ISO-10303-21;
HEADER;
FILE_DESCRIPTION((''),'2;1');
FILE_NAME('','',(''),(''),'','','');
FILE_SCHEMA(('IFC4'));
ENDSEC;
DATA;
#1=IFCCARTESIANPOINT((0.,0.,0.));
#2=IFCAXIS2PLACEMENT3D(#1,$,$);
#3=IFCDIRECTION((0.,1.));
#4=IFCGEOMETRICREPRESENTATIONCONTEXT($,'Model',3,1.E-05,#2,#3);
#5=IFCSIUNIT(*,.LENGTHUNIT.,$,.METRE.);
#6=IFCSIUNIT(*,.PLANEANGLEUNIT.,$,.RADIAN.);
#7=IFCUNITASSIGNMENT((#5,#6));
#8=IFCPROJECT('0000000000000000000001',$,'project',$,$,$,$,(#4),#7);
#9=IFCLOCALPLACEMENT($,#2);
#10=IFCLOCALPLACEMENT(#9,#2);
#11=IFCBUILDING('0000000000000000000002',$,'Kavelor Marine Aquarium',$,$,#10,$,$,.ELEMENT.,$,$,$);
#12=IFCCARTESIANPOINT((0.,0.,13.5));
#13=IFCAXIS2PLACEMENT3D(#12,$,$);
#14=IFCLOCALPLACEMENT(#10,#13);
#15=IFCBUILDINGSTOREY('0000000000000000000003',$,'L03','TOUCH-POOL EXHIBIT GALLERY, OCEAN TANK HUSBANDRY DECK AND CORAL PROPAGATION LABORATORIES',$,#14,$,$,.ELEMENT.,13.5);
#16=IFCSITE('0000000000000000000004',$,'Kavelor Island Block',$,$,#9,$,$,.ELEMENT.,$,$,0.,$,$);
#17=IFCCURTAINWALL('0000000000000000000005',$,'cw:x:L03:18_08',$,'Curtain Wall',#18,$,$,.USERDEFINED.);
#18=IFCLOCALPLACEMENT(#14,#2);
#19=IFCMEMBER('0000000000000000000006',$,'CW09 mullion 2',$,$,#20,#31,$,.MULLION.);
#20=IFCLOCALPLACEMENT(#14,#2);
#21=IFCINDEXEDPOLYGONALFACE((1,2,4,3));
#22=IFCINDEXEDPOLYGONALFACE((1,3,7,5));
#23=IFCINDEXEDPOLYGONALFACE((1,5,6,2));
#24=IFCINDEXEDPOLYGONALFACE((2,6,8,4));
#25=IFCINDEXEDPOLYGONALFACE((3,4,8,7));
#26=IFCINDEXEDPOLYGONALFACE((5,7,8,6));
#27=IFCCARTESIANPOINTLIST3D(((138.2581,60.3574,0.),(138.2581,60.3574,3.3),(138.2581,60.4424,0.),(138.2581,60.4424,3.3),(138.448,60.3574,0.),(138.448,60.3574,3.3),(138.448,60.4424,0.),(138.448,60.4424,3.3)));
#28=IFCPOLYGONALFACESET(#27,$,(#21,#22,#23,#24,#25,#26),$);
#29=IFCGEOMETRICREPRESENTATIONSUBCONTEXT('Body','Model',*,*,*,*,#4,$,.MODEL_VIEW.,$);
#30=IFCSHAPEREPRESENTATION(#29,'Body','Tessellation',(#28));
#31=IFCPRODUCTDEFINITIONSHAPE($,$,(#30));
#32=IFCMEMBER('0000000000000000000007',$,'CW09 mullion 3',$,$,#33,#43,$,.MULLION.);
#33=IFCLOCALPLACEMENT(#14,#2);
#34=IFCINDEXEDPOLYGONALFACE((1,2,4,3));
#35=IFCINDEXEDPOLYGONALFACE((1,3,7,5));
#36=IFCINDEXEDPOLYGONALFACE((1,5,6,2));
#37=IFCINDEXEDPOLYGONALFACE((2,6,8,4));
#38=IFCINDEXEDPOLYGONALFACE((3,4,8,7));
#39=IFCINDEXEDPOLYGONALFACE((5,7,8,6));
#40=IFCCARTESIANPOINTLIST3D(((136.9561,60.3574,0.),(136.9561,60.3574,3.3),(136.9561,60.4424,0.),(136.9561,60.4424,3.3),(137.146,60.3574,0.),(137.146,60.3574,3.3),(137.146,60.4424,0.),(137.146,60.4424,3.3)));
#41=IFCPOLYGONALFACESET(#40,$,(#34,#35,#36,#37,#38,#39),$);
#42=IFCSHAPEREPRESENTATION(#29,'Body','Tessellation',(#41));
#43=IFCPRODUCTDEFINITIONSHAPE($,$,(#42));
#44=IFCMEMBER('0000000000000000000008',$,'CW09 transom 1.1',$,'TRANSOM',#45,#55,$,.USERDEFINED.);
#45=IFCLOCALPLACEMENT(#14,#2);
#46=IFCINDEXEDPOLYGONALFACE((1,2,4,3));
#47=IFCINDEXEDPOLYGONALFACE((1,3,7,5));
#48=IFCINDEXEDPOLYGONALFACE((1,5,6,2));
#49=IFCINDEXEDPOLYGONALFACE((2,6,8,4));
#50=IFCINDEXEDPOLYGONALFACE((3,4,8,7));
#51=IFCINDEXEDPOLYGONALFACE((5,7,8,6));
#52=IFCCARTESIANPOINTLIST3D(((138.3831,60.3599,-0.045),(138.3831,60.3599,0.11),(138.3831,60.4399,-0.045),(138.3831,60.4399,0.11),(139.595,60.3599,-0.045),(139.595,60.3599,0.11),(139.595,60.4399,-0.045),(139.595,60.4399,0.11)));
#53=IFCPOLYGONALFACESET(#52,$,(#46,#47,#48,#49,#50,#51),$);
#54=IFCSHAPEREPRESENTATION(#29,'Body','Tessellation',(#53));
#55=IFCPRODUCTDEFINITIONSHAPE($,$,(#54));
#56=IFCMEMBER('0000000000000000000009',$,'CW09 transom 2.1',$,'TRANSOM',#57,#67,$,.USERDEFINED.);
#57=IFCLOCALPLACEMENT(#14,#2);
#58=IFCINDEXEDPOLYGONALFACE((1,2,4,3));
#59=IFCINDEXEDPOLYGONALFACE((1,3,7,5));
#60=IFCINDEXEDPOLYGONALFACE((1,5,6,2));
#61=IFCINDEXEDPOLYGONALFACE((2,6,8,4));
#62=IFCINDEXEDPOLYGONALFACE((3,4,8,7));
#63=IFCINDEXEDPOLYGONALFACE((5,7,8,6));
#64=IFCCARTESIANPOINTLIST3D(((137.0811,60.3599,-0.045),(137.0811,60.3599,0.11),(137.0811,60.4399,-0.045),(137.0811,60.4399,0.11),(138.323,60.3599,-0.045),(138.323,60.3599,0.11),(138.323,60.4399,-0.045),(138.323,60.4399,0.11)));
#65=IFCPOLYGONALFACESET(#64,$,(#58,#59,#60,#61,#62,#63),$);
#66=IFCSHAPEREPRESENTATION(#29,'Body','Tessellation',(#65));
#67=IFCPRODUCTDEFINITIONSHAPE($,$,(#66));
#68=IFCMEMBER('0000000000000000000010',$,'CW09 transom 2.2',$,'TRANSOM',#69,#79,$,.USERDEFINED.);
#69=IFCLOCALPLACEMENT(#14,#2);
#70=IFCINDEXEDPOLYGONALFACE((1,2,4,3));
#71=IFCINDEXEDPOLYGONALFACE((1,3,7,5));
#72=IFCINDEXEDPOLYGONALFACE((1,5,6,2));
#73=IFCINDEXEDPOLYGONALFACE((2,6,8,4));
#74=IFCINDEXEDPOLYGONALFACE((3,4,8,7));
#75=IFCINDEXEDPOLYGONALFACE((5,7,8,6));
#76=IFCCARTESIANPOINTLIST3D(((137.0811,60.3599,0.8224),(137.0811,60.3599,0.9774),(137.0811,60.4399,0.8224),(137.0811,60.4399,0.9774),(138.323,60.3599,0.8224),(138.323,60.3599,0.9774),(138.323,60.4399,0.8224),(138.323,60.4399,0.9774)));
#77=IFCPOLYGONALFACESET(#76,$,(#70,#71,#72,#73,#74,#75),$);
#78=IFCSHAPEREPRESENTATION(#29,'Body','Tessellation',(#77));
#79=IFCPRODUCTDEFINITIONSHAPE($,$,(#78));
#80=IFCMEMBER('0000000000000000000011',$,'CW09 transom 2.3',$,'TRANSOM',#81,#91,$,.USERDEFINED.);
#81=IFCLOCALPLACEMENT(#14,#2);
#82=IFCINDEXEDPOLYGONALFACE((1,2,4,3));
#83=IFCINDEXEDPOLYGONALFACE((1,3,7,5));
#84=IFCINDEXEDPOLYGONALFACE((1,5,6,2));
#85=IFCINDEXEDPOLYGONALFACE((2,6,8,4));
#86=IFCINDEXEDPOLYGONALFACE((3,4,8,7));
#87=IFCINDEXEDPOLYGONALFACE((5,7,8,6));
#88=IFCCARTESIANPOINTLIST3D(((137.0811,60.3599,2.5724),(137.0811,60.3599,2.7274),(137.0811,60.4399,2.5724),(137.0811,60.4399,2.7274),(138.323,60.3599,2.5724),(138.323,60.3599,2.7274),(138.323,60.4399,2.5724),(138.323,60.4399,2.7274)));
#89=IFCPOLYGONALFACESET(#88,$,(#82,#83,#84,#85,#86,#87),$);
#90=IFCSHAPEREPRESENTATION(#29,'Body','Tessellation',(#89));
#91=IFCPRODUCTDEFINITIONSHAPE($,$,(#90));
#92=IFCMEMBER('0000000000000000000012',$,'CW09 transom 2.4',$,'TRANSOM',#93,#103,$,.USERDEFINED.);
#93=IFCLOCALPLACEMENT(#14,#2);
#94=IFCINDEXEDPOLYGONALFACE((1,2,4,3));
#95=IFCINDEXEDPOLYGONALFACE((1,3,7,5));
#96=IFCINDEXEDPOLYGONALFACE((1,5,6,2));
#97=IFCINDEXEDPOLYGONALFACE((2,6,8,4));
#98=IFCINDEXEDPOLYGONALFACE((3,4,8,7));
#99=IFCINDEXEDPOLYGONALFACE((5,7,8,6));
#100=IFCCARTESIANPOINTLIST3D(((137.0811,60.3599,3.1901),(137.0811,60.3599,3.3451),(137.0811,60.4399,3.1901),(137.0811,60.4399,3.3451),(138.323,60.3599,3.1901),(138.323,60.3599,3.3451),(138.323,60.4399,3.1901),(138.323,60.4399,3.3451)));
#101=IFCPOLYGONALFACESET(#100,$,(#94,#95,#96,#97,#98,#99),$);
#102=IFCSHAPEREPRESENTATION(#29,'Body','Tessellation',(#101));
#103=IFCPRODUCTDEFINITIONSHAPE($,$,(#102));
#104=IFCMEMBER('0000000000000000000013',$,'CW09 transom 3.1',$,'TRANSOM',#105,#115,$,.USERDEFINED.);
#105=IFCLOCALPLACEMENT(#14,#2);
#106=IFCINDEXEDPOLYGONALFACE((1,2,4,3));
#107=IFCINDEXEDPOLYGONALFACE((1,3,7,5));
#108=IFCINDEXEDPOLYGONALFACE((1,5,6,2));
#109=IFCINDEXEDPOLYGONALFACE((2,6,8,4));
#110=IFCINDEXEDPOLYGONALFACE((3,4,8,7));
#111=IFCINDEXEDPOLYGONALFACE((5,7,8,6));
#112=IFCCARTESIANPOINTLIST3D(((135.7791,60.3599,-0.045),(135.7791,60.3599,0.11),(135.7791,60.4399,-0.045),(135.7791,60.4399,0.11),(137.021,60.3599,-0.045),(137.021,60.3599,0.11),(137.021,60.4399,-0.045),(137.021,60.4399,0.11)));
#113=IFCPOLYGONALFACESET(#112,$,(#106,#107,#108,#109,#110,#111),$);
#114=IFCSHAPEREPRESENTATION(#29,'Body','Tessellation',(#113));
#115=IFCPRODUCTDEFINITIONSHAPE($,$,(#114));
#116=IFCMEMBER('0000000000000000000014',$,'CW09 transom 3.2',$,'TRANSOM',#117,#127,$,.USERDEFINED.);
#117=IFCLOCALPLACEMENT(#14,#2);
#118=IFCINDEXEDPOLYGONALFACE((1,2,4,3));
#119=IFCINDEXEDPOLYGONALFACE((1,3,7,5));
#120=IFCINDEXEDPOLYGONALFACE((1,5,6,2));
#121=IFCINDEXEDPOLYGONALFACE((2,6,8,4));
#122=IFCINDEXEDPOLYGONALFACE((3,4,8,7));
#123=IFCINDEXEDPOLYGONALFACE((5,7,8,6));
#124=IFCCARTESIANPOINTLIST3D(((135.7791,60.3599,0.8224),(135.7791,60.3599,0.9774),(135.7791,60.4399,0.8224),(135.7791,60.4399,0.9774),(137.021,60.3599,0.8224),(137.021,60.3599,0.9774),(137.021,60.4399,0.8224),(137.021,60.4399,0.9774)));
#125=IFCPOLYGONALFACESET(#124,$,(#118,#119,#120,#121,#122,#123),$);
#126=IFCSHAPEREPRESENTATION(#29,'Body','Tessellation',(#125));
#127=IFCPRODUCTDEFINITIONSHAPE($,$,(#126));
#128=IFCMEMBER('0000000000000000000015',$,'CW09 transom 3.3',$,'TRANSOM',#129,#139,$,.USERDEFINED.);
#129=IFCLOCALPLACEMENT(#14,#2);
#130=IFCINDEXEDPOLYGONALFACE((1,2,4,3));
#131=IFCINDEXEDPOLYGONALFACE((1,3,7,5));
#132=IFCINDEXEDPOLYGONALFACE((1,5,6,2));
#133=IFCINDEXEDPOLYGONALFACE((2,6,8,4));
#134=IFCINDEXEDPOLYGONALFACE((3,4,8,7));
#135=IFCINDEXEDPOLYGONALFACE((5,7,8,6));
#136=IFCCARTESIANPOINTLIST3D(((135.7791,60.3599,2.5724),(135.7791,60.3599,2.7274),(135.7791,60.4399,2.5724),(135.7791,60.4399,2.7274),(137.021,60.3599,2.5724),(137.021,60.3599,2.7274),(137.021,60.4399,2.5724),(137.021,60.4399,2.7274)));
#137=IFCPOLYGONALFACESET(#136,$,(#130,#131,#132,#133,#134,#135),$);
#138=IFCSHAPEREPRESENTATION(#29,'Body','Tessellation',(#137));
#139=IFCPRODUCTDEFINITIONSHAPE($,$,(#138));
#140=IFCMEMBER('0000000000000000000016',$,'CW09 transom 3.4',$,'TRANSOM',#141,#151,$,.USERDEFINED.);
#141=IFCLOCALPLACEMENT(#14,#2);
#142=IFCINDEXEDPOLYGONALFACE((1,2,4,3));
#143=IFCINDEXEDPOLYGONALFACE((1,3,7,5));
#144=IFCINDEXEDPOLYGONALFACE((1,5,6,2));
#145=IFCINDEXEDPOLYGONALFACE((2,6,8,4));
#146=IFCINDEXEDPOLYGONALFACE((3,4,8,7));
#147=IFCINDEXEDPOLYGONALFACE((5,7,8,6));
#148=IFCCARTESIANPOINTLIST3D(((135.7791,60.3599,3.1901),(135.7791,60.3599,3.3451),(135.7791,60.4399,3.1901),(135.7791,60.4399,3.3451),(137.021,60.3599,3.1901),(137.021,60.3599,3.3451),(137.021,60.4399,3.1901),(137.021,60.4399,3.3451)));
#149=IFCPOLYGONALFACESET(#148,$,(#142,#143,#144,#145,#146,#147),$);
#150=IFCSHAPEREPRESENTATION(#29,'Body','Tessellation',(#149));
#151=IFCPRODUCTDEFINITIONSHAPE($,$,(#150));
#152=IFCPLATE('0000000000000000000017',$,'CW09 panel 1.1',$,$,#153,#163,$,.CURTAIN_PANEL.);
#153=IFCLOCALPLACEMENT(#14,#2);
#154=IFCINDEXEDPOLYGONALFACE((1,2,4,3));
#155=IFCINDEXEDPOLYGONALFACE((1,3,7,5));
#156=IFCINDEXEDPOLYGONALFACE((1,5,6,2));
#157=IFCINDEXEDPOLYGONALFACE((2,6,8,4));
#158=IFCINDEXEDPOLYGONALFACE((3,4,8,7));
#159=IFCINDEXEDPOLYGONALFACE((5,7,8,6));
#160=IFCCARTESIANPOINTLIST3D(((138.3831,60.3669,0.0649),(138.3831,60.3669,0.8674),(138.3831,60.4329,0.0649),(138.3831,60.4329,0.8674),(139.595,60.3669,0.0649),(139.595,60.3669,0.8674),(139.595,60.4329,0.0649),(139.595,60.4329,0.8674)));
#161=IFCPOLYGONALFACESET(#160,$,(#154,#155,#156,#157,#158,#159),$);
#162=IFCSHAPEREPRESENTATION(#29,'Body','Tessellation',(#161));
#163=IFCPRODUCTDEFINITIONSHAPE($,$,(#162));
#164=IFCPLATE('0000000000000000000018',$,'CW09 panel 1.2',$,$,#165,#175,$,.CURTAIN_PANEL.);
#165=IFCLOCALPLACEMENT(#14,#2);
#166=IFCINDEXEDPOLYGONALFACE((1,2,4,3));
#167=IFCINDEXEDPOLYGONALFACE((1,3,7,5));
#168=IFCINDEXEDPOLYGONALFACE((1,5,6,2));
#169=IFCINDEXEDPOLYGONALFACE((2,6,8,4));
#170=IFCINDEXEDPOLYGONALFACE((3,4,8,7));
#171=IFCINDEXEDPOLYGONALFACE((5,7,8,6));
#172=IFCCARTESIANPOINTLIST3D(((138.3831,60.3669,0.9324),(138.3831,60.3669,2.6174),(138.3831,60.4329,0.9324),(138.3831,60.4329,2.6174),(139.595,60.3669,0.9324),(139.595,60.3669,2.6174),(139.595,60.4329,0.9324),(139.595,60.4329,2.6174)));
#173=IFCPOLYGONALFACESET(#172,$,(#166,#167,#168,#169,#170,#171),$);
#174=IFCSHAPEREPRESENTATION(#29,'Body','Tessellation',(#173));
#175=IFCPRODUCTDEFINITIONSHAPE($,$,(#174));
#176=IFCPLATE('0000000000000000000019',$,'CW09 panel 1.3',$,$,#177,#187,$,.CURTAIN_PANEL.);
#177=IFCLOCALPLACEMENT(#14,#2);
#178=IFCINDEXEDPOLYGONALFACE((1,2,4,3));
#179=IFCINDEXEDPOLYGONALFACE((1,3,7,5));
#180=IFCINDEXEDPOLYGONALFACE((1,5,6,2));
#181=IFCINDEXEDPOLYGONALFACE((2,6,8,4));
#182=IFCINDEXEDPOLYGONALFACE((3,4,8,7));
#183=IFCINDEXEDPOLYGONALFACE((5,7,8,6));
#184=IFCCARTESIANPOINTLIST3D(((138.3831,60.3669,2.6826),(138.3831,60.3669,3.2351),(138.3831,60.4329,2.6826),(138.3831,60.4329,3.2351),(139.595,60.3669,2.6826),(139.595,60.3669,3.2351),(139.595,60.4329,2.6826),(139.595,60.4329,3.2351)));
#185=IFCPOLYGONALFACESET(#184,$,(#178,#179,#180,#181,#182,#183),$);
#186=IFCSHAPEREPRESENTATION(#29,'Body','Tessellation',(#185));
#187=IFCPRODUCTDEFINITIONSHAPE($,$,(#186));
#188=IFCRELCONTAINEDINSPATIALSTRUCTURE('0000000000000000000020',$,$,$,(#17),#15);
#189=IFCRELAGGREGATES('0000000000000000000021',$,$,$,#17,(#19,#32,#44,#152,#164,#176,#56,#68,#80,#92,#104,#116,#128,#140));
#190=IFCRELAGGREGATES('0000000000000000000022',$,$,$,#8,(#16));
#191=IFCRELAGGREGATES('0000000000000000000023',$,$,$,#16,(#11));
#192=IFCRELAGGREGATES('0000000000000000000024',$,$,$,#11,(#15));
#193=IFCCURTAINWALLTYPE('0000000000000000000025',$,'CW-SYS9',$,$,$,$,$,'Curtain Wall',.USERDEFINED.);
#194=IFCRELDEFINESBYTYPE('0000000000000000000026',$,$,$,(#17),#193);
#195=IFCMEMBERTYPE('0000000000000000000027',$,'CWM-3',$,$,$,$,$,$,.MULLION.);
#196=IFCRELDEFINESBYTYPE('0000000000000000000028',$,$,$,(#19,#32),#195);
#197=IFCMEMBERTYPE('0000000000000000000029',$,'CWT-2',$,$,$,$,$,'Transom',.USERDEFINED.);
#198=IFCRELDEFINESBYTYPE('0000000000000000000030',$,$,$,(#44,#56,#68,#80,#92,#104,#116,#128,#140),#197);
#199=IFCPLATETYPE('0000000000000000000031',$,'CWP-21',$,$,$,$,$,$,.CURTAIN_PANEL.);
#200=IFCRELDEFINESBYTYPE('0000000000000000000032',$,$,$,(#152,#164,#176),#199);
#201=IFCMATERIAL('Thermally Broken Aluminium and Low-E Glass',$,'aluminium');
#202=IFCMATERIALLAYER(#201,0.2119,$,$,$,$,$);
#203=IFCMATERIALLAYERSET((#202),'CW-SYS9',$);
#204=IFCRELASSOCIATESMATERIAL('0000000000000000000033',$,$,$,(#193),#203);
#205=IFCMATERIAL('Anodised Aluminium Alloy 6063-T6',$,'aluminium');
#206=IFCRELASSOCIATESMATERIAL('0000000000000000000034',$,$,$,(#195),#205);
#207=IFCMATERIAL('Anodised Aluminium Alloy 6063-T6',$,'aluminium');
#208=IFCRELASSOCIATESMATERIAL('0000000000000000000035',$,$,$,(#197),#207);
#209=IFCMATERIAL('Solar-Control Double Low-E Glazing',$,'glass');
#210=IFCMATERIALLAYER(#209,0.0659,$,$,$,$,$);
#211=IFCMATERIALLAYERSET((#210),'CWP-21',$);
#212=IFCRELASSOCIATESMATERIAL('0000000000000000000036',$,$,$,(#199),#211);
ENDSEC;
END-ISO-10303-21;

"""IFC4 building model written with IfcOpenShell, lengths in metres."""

from ifc_helpers import new_model, si_unit, direction, frame, origin, origin_2d, place, context, subcontext, project, spatial, rectangle, extrude, material, layer, layer_set, material_profile, profile_set, type_object, element, aggregate, save


model = new_model("IFC4")

# Units and contexts
model_context = context("Model", 3, precision=1e-05, world=origin(), true_north=direction((0.0, 1.0)))
body_context = subcontext(model_context, "Body", "Model", "MODEL_VIEW")
ifc_project = project(units=[si_unit("LENGTHUNIT", "METRE"), si_unit("PLANEANGLEUNIT", "RADIAN")], contexts=[model_context])

# Site, building, storey
site_placement = place(None, origin())
site = spatial("IfcSite", under=ifc_project, at=site_placement, Name="Kavelor Island Block", CompositionType="ELEMENT", RefElevation=0.0)
building_placement = place(site_placement, origin())
building = spatial("IfcBuilding", under=site, at=building_placement, Name="Kavelor Marine Aquarium", CompositionType="ELEMENT")
storey_placement = place(building_placement, frame((0.0, 0.0, 13.5)))
storey = spatial("IfcBuildingStorey", under=building, at=storey_placement, Name="L03", Description="TOUCH-POOL EXHIBIT GALLERY, OCEAN TANK HUSBANDRY DECK AND CORAL PROPAGATION LABORATORIES", CompositionType="ELEMENT", Elevation=13.5)

# Curtain wall, members, plates
ifc_material_1 = material(Name="Thermally Broken Aluminium and Low-E Glass", Category="aluminium")
ifc_layer_1 = layer(ifc_material_1, 0.2119)
ifc_layer_set_1 = layer_set([ifc_layer_1], Name="CW-SYS9")
curtain_wall_type = type_object("IfcCurtainWallType", Name="CW-SYS9", ElementType="Curtain Wall", PredefinedType="USERDEFINED", material=ifc_layer_set_1)
curtain_wall_placement = place(storey_placement, origin())
curtain_wall = element("IfcCurtainWall", 1, at=curtain_wall_placement, inside=storey, type_object=curtain_wall_type, Name="cw:x:L03:18_08", ObjectType="Curtain Wall", PredefinedType="USERDEFINED")
ifc_material_2 = material(Name="Anodised Aluminium Alloy 6063-T6", Category="aluminium")
ifc_material_profile_1 = material_profile(ifc_material_2, rectangle(XDim=0.085, YDim=0.1899, at=origin_2d()), Name="CW-MUL 85x190")
ifc_profile_set_1 = profile_set([ifc_material_profile_1], Name="Anodised Aluminium Alloy 6063-T6")
member_type_1 = type_object("IfcMemberType", Name="CWM-3", PredefinedType="MULLION", material=ifc_profile_set_1)
member_1_placement = place(storey_placement, frame((138.353, 60.3999, 0.0), z_axis=(0.0, 0.0, 1.0), x_axis=(0.0, -1.0, 0.0)))
member_1 = element("IfcMember", 2, at=member_1_placement, type_object=member_type_1, Name="CW09 mullion 2", PredefinedType="MULLION", context=body_context, shape_type="SweptSolid", body=[
    extrude(rectangle(XDim=0.085, YDim=0.1899, at=origin_2d()), origin(), (0.0, 0.0, 1.0), 3.3),
])
member_2_placement = place(storey_placement, frame((137.051, 60.3999, 0.0), z_axis=(0.0, 0.0, 1.0), x_axis=(0.0, -1.0, 0.0)))
member_2 = element("IfcMember", 3, at=member_2_placement, type_object=member_type_1, Name="CW09 mullion 3", PredefinedType="MULLION", context=body_context, shape_type="SweptSolid", body=[
    extrude(rectangle(XDim=0.085, YDim=0.1899, at=origin_2d()), origin(), (0.0, 0.0, 1.0), 3.3),
])
ifc_material_3 = material(Name="Anodised Aluminium Alloy 6063-T6", Category="aluminium")
ifc_material_profile_2 = material_profile(ifc_material_3, rectangle(XDim=0.0801, YDim=0.155, at=origin_2d()), Name="CW-TRN 80x155")
ifc_profile_set_2 = profile_set([ifc_material_profile_2], Name="Anodised Aluminium Alloy 6063-T6")
member_type_2 = type_object("IfcMemberType", Name="CWT-2", ElementType="Transom", PredefinedType="USERDEFINED", material=ifc_profile_set_2)
member_3_placement = place(storey_placement, frame((139.595, 60.3999, 0.0325), z_axis=(-1.0, 0.0, 0.0), x_axis=(0.0, -1.0, 0.0)))
member_3 = element("IfcMember", 4, at=member_3_placement, type_object=member_type_2, Name="CW09 transom 1.1", ObjectType="TRANSOM", PredefinedType="USERDEFINED", context=body_context, shape_type="SweptSolid", body=[
    extrude(rectangle(XDim=0.0801, YDim=0.155, at=origin_2d()), origin(), (0.0, 0.0, 1.0), 1.2119),
])
member_4_placement = place(storey_placement, frame((138.323, 60.3999, 0.0325), z_axis=(-1.0, 0.0, 0.0), x_axis=(0.0, -1.0, 0.0)))
member_4 = element("IfcMember", 5, at=member_4_placement, type_object=member_type_2, Name="CW09 transom 2.1", ObjectType="TRANSOM", PredefinedType="USERDEFINED", context=body_context, shape_type="SweptSolid", body=[
    extrude(rectangle(XDim=0.0801, YDim=0.155, at=origin_2d()), origin(), (0.0, 0.0, 1.0), 1.2419),
])
member_5_placement = place(storey_placement, frame((138.323, 60.3999, 0.8999), z_axis=(-1.0, 0.0, 0.0), x_axis=(0.0, -1.0, 0.0)))
member_5 = element("IfcMember", 6, at=member_5_placement, type_object=member_type_2, Name="CW09 transom 2.2", ObjectType="TRANSOM", PredefinedType="USERDEFINED", context=body_context, shape_type="SweptSolid", body=[
    extrude(rectangle(XDim=0.0801, YDim=0.155, at=origin_2d()), origin(), (0.0, 0.0, 1.0), 1.2419),
])
member_6_placement = place(storey_placement, frame((138.323, 60.3999, 2.6499), z_axis=(-1.0, 0.0, 0.0), x_axis=(0.0, -1.0, 0.0)))
member_6 = element("IfcMember", 7, at=member_6_placement, type_object=member_type_2, Name="CW09 transom 2.3", ObjectType="TRANSOM", PredefinedType="USERDEFINED", context=body_context, shape_type="SweptSolid", body=[
    extrude(rectangle(XDim=0.0801, YDim=0.155, at=origin_2d()), origin(), (0.0, 0.0, 1.0), 1.2419),
])
member_7_placement = place(storey_placement, frame((138.323, 60.3999, 3.2676), z_axis=(-1.0, 0.0, 0.0), x_axis=(0.0, -1.0, 0.0)))
member_7 = element("IfcMember", 8, at=member_7_placement, type_object=member_type_2, Name="CW09 transom 2.4", ObjectType="TRANSOM", PredefinedType="USERDEFINED", context=body_context, shape_type="SweptSolid", body=[
    extrude(rectangle(XDim=0.0801, YDim=0.155, at=origin_2d()), origin(), (0.0, 0.0, 1.0), 1.2419),
])
member_8_placement = place(storey_placement, frame((137.021, 60.3999, 0.0325), z_axis=(-1.0, 0.0, 0.0), x_axis=(0.0, -1.0, 0.0)))
member_8 = element("IfcMember", 9, at=member_8_placement, type_object=member_type_2, Name="CW09 transom 3.1", ObjectType="TRANSOM", PredefinedType="USERDEFINED", context=body_context, shape_type="SweptSolid", body=[
    extrude(rectangle(XDim=0.0801, YDim=0.155, at=origin_2d()), origin(), (0.0, 0.0, 1.0), 1.2419),
])
member_9_placement = place(storey_placement, frame((137.021, 60.3999, 0.8999), z_axis=(-1.0, 0.0, 0.0), x_axis=(0.0, -1.0, 0.0)))
member_9 = element("IfcMember", 10, at=member_9_placement, type_object=member_type_2, Name="CW09 transom 3.2", ObjectType="TRANSOM", PredefinedType="USERDEFINED", context=body_context, shape_type="SweptSolid", body=[
    extrude(rectangle(XDim=0.0801, YDim=0.155, at=origin_2d()), origin(), (0.0, 0.0, 1.0), 1.2419),
])
member_10_placement = place(storey_placement, frame((137.021, 60.3999, 2.6499), z_axis=(-1.0, 0.0, 0.0), x_axis=(0.0, -1.0, 0.0)))
member_10 = element("IfcMember", 11, at=member_10_placement, type_object=member_type_2, Name="CW09 transom 3.3", ObjectType="TRANSOM", PredefinedType="USERDEFINED", context=body_context, shape_type="SweptSolid", body=[
    extrude(rectangle(XDim=0.0801, YDim=0.155, at=origin_2d()), origin(), (0.0, 0.0, 1.0), 1.2419),
])
member_11_placement = place(storey_placement, frame((137.021, 60.3999, 3.2676), z_axis=(-1.0, 0.0, 0.0), x_axis=(0.0, -1.0, 0.0)))
member_11 = element("IfcMember", 12, at=member_11_placement, type_object=member_type_2, Name="CW09 transom 3.4", ObjectType="TRANSOM", PredefinedType="USERDEFINED", context=body_context, shape_type="SweptSolid", body=[
    extrude(rectangle(XDim=0.0801, YDim=0.155, at=origin_2d()), origin(), (0.0, 0.0, 1.0), 1.2419),
])
ifc_material_4 = material(Name="Solar-Control Double Low-E Glazing", Category="glass")
ifc_layer_2 = layer(ifc_material_4, 0.0659)
ifc_layer_set_2 = layer_set([ifc_layer_2], Name="CWP-21")
plate_type = type_object("IfcPlateType", Name="CWP-21", PredefinedType="CURTAIN_PANEL", material=ifc_layer_set_2)
plate_1_placement = place(storey_placement, frame((138.989, 60.3999, 0.0649), z_axis=(0.0, 0.0, 1.0), x_axis=(-1.0, 0.0, 0.0)))
plate_1 = element("IfcPlate", 13, at=plate_1_placement, type_object=plate_type, Name="CW09 panel 1.1", PredefinedType="CURTAIN_PANEL", context=body_context, shape_type="SweptSolid", body=[
    extrude(rectangle(XDim=1.2119, YDim=0.0659, at=origin_2d()), origin(), (0.0, 0.0, 1.0), 0.8025),
])
plate_2_placement = place(storey_placement, frame((138.989, 60.3999, 0.9324), z_axis=(0.0, 0.0, 1.0), x_axis=(-1.0, 0.0, 0.0)))
plate_2 = element("IfcPlate", 14, at=plate_2_placement, type_object=plate_type, Name="CW09 panel 1.2", PredefinedType="CURTAIN_PANEL", context=body_context, shape_type="SweptSolid", body=[
    extrude(rectangle(XDim=1.2119, YDim=0.0659, at=origin_2d()), origin(), (0.0, 0.0, 1.0), 1.6851),
])
plate_3_placement = place(storey_placement, frame((138.989, 60.3999, 2.6826), z_axis=(0.0, 0.0, 1.0), x_axis=(-1.0, 0.0, 0.0)))
plate_3 = element("IfcPlate", 15, at=plate_3_placement, type_object=plate_type, Name="CW09 panel 1.3", PredefinedType="CURTAIN_PANEL", context=body_context, shape_type="SweptSolid", body=[
    extrude(rectangle(XDim=1.2119, YDim=0.0659, at=origin_2d()), origin(), (0.0, 0.0, 1.0), 0.5525),
])
aggregate(curtain_wall, [member_1, member_2, member_3, plate_1, plate_2, plate_3, member_4, member_5, member_6, member_7, member_8, member_9, member_10, member_11])

save(model, "model.ifc")
